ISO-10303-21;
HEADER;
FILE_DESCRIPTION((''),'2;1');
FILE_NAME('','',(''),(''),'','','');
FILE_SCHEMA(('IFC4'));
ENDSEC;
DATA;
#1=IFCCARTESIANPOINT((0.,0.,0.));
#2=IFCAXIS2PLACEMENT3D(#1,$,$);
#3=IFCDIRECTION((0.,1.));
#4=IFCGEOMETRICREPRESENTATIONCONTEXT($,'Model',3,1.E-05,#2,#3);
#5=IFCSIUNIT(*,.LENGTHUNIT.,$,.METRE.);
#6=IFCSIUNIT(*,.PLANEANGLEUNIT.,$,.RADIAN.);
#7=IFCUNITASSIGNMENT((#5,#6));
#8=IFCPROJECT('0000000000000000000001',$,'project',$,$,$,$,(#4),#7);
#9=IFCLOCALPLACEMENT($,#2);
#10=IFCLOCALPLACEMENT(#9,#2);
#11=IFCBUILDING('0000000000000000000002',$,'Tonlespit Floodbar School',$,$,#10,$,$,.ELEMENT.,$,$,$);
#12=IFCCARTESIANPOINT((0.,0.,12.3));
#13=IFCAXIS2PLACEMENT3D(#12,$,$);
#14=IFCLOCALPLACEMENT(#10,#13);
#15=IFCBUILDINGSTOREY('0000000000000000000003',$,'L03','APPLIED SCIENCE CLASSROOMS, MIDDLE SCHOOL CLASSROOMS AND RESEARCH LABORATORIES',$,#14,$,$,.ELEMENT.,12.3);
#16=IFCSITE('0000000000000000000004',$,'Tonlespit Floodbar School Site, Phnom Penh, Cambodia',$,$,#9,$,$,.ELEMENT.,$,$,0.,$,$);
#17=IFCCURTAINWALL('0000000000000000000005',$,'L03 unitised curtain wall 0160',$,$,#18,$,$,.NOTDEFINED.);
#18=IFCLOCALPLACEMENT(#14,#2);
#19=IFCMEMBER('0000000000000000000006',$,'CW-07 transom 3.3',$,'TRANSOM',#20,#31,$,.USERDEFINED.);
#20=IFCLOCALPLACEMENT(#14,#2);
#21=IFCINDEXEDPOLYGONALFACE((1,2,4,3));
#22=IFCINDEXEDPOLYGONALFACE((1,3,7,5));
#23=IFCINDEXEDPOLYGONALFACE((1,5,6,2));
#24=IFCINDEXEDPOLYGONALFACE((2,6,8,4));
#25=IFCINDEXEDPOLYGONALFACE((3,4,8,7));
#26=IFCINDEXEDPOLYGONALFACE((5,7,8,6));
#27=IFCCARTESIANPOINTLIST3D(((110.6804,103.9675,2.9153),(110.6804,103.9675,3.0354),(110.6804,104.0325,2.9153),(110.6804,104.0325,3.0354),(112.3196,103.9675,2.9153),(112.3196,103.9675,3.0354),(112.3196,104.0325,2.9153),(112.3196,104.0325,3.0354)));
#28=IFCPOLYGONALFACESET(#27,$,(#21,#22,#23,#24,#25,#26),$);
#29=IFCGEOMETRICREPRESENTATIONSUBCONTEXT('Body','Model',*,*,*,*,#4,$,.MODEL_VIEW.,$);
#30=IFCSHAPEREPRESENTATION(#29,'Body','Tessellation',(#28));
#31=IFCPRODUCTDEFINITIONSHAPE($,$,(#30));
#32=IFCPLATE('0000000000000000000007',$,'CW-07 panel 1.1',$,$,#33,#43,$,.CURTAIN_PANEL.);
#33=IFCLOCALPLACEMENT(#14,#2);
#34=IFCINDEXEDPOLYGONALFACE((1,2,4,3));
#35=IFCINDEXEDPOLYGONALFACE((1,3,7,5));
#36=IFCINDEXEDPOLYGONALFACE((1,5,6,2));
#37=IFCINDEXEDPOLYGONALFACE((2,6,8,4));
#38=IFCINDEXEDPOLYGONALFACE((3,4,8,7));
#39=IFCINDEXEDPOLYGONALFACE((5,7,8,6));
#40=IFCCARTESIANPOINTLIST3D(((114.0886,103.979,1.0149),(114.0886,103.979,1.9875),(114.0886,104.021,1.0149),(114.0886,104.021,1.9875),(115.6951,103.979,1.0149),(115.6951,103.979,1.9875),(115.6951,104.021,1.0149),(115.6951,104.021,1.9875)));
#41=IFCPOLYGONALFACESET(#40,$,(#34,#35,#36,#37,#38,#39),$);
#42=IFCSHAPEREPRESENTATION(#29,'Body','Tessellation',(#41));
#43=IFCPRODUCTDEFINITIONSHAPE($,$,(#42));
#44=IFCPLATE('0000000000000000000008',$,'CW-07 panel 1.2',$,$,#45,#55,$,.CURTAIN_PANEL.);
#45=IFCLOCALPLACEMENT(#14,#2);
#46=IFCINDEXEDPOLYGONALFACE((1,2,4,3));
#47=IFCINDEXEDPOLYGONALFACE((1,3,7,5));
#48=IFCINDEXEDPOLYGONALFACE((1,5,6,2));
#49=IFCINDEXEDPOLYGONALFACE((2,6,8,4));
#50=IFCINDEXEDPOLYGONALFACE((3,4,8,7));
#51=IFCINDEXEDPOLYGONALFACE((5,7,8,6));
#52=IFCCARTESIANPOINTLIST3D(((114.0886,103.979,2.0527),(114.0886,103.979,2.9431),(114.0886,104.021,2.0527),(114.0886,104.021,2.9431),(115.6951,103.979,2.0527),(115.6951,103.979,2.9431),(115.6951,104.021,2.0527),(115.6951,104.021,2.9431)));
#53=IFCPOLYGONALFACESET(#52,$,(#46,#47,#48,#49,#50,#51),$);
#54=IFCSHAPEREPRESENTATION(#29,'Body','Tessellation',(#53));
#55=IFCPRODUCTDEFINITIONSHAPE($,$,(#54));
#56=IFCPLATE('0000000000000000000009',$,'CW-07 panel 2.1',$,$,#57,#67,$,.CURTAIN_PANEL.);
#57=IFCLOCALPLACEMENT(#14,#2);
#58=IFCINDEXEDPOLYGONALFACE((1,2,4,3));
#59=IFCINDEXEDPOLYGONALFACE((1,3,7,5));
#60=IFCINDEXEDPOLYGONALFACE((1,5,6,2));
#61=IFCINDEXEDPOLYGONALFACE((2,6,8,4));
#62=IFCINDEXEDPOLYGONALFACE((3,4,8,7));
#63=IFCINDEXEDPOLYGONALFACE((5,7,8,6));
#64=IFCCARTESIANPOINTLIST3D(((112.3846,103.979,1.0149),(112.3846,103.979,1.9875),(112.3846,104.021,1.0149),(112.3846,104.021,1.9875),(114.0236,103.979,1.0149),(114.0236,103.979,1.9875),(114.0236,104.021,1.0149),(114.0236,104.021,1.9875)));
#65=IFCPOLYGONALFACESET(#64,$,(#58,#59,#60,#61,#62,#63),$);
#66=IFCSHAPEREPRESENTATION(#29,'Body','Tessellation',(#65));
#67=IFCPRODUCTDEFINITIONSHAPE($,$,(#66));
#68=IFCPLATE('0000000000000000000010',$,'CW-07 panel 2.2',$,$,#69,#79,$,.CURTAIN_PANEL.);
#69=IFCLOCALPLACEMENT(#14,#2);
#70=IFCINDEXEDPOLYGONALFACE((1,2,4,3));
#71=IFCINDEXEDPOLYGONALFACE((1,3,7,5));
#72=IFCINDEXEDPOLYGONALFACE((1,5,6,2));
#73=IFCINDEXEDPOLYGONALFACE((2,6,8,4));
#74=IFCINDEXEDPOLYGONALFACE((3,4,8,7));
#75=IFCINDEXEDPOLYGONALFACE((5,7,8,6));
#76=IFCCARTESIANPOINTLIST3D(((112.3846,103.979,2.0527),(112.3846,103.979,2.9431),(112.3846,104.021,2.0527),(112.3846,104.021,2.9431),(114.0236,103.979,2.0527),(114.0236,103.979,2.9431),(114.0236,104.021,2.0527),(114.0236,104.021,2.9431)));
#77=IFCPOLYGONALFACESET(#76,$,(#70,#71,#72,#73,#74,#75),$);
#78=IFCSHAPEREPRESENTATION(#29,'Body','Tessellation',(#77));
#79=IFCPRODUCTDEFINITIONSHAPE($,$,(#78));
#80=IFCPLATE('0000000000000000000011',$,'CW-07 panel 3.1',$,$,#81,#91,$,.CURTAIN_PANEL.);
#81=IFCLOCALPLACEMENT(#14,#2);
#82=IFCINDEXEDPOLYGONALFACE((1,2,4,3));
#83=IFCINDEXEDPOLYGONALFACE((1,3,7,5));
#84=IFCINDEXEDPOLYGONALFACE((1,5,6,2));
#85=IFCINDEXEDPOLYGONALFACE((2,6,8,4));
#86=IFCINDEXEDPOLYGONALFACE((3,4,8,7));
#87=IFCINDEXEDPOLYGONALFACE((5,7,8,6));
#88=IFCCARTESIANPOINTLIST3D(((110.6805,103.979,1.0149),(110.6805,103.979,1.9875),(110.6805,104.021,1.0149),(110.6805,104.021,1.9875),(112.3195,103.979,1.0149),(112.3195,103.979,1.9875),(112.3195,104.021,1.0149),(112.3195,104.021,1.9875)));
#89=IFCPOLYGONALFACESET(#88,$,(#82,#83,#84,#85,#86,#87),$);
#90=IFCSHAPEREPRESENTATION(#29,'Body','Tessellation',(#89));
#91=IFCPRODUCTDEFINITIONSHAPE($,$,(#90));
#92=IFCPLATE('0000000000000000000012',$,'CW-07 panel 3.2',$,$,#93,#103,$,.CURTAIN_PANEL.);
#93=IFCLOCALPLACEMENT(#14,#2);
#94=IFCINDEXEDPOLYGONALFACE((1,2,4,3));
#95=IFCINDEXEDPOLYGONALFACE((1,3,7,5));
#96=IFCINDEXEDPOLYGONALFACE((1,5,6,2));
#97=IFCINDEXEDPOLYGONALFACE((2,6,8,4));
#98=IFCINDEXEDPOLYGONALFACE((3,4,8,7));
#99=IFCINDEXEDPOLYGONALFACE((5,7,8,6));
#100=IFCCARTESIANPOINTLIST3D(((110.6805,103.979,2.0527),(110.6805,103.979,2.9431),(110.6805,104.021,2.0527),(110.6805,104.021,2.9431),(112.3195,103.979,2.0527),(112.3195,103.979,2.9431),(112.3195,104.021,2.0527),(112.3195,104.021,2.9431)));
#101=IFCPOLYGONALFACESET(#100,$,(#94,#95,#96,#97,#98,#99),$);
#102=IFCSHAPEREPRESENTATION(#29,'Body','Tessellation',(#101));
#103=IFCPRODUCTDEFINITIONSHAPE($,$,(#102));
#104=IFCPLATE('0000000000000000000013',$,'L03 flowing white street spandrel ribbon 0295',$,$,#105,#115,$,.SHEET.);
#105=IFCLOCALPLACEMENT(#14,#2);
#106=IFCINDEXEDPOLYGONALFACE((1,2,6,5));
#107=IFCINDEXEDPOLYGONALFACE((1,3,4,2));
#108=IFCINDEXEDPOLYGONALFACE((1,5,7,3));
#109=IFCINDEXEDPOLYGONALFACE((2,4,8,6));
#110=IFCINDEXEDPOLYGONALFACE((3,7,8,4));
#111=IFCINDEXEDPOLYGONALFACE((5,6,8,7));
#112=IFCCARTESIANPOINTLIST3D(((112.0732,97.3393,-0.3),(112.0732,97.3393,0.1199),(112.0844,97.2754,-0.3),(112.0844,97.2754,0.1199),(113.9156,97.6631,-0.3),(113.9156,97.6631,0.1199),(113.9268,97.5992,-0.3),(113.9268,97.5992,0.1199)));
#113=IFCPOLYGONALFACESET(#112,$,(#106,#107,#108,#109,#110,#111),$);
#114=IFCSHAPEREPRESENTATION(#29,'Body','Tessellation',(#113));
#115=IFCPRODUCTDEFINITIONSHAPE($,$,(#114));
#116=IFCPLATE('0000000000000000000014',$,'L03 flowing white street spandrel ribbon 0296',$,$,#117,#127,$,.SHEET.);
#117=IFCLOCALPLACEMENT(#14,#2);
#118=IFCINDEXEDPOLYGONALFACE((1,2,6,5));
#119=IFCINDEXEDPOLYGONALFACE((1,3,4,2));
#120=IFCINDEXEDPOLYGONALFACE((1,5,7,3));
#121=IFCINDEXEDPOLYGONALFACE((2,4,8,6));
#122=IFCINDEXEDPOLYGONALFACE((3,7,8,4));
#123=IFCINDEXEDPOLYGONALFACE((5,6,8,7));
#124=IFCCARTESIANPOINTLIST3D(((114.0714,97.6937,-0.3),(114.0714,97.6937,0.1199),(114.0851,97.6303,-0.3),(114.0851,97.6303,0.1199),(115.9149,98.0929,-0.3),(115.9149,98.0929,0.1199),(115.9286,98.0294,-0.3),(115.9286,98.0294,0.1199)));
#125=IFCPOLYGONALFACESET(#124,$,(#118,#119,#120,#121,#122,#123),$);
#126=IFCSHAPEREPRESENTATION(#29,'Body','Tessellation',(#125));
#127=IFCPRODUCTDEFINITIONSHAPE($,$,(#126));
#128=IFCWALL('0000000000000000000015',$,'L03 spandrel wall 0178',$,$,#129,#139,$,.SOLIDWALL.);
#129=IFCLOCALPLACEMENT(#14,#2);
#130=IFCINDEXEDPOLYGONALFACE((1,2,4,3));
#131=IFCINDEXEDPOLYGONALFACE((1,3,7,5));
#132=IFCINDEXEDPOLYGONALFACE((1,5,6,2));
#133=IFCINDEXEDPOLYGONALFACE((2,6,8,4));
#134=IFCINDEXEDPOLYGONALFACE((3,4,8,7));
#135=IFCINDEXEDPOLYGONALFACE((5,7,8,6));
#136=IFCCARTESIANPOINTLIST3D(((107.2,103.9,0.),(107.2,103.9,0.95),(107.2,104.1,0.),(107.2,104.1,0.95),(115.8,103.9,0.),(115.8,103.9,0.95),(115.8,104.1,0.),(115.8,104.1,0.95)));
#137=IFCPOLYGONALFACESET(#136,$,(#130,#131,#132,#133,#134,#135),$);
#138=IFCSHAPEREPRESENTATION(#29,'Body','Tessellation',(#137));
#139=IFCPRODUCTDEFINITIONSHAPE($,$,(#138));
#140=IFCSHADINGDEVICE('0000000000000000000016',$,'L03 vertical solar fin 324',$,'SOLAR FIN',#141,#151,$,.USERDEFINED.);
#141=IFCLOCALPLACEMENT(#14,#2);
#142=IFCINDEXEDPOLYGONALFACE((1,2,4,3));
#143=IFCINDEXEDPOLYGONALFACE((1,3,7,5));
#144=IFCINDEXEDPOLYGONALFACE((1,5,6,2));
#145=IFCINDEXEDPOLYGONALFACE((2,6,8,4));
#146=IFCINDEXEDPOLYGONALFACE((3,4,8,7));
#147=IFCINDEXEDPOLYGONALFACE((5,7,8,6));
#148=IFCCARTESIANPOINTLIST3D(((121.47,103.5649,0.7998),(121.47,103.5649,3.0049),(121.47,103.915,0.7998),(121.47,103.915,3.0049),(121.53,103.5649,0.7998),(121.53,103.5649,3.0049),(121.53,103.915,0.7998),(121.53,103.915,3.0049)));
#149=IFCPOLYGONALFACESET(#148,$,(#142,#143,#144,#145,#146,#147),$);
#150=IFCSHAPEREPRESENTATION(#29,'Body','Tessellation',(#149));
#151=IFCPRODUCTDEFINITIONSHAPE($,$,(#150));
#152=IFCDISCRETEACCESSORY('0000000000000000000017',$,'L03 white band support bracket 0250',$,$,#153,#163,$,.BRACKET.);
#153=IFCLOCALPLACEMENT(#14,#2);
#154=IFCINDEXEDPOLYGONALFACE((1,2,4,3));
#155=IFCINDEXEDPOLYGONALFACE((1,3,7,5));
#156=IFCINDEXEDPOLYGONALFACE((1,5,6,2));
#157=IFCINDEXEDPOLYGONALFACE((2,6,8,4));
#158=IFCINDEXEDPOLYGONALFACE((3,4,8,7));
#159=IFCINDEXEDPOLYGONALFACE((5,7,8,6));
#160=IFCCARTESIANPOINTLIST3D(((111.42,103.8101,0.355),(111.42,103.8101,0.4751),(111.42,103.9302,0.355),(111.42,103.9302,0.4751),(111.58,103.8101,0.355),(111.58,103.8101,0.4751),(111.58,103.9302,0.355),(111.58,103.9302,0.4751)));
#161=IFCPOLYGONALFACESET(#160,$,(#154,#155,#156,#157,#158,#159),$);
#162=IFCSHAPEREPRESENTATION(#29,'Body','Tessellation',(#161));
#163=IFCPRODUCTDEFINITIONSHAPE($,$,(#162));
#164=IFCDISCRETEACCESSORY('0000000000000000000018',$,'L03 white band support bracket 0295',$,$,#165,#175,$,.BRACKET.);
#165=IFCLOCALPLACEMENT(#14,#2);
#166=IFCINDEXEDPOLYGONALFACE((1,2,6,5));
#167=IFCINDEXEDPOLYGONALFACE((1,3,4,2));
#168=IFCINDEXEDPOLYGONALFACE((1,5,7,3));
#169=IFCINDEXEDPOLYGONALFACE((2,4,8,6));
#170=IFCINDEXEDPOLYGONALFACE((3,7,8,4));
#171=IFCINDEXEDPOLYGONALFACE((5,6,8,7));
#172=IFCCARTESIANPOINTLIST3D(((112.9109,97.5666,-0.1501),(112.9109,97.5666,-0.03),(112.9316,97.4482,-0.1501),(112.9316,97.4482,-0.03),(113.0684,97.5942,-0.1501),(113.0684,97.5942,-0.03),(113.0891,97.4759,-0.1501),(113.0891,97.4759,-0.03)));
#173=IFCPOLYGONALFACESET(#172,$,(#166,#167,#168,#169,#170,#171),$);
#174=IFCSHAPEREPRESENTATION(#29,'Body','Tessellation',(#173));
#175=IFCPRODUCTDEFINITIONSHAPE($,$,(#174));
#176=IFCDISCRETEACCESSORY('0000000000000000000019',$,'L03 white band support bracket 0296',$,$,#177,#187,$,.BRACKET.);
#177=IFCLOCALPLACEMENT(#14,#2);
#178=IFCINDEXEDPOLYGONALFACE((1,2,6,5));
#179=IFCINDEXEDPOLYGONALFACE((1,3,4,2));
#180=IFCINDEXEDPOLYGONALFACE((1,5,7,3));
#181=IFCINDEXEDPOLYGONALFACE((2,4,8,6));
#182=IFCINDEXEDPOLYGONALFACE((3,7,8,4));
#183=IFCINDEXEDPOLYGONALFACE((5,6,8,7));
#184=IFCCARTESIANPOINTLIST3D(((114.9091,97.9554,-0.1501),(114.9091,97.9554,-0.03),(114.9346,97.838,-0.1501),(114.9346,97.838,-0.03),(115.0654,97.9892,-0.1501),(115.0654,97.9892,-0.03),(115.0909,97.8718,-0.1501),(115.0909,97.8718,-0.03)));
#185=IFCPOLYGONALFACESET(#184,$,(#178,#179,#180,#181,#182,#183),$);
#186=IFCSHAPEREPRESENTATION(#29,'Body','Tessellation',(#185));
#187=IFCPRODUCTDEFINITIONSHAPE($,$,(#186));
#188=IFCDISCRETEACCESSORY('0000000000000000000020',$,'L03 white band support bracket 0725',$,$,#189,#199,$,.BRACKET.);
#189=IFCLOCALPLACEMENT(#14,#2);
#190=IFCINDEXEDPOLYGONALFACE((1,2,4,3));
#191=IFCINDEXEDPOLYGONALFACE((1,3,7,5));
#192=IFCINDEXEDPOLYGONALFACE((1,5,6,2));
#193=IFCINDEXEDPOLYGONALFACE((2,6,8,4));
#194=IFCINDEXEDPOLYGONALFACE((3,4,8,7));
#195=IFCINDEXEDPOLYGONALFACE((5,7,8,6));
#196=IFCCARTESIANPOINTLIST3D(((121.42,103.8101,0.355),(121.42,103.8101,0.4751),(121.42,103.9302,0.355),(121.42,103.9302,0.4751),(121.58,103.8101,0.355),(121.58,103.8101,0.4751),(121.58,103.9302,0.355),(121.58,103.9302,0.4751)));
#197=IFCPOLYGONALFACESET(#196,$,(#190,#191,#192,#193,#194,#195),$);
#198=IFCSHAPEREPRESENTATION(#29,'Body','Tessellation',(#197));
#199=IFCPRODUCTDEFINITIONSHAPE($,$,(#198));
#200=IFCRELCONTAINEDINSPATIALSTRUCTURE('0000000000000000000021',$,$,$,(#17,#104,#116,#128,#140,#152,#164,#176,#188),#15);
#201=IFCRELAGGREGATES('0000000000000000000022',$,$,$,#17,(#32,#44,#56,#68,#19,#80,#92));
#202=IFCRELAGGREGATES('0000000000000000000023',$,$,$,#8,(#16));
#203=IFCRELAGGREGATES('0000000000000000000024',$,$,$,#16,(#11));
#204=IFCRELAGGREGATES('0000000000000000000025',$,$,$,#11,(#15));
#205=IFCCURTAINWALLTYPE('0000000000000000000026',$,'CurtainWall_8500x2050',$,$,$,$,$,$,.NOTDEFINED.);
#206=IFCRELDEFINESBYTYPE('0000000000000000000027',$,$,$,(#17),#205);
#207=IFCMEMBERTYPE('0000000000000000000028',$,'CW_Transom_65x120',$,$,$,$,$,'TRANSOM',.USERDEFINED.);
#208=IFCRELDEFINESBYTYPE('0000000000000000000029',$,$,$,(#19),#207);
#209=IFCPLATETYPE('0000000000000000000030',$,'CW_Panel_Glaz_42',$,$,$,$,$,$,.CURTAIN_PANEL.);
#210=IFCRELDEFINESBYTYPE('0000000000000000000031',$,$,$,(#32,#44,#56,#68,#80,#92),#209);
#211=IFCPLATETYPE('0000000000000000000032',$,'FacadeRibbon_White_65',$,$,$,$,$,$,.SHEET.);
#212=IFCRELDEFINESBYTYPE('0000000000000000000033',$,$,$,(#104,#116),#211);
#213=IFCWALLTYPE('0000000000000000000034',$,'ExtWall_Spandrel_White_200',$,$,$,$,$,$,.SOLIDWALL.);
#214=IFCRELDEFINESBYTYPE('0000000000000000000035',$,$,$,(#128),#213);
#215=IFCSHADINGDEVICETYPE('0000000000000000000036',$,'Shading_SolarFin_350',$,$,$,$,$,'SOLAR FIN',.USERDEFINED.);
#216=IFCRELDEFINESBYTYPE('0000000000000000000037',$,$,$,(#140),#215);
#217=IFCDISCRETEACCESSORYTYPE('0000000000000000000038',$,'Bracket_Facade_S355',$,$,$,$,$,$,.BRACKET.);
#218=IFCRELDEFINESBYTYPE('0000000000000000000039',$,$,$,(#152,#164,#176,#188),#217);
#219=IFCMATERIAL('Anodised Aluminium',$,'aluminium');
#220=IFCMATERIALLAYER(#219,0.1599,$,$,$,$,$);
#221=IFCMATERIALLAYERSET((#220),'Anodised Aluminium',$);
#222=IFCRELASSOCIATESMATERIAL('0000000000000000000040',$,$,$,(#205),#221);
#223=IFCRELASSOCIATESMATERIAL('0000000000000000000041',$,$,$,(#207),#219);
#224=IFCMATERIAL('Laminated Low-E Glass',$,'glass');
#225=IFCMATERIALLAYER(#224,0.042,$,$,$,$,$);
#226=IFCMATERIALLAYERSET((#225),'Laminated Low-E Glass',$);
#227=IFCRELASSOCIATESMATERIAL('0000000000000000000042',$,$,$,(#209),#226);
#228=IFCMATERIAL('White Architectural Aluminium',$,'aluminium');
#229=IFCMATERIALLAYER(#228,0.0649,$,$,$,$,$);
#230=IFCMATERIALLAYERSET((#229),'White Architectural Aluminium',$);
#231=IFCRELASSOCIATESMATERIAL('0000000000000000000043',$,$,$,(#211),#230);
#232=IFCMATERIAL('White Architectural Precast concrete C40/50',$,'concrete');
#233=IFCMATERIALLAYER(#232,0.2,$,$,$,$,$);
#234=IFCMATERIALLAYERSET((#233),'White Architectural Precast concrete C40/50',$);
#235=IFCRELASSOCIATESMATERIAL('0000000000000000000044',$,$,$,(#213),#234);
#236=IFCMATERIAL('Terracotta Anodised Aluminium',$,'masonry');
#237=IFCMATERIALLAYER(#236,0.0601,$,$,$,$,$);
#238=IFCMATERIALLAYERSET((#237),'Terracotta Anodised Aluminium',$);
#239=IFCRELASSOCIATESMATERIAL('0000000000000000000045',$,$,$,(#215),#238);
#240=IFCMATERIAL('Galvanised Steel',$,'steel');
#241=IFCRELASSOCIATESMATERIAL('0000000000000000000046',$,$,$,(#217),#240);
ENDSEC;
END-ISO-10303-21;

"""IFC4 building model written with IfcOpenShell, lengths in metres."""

from ifc_helpers import new_model, si_unit, direction, frame, frame_2d, origin, origin_2d, place, context, subcontext, project, spatial, rectangle, extrude, material, layer, layer_set, material_profile, profile_set, type_object, element, aggregate, save


model = new_model("IFC4")

# Units and contexts
model_context = context("Model", 3, precision=1e-05, world=origin(), true_north=direction((0.0, 1.0)))
body_context = subcontext(model_context, "Body", "Model", "MODEL_VIEW")
ifc_project = project(units=[si_unit("LENGTHUNIT", "METRE"), si_unit("PLANEANGLEUNIT", "RADIAN")], contexts=[model_context])

# Site, building, storey
site_placement = place(None, origin())
site = spatial("IfcSite", under=ifc_project, at=site_placement, Name="Tonlespit Floodbar School Site, Phnom Penh, Cambodia", CompositionType="ELEMENT", RefElevation=0.0)
building_placement = place(site_placement, origin())
building = spatial("IfcBuilding", under=site, at=building_placement, Name="Tonlespit Floodbar School", CompositionType="ELEMENT")
storey_placement = place(building_placement, frame((0.0, 0.0, 12.3)))
storey = spatial("IfcBuildingStorey", under=building, at=storey_placement, Name="L03", Description="APPLIED SCIENCE CLASSROOMS, MIDDLE SCHOOL CLASSROOMS AND RESEARCH LABORATORIES", CompositionType="ELEMENT", Elevation=12.3)

# Curtain wall
ifc_material_1 = material(Name="Anodised Aluminium", Category="aluminium")
ifc_layer_1 = layer(ifc_material_1, 0.1599)
ifc_layer_set_1 = layer_set([ifc_layer_1], Name="Anodised Aluminium")
curtain_wall_type_1 = type_object("IfcCurtainWallType", Name="CurtainWall_8500x2050", PredefinedType="NOTDEFINED", material=ifc_layer_set_1)
curtain_wall_1_placement = place(storey_placement, origin())
curtain_wall_1 = element("IfcCurtainWall", 1, at=curtain_wall_1_placement, inside=storey, type_object=curtain_wall_type_1, Name="L03 unitised curtain wall 0160", PredefinedType="NOTDEFINED")

# Member
ifc_material_profile_1 = material_profile(ifc_material_1, rectangle(XDim=0.0649, YDim=0.1201, at=origin_2d()), Name="ALU T65x120")
ifc_profile_set_1 = profile_set([ifc_material_profile_1], Name="Anodised Aluminium")
member_type_1 = type_object("IfcMemberType", Name="CW_Transom_65x120", ElementType="TRANSOM", PredefinedType="USERDEFINED", material=ifc_profile_set_1)
member_1_placement = place(storey_placement, frame((112.3196, 104.0, 2.9753), z_axis=(-1.0, 0.0, 0.0), x_axis=(0.0, -1.0, 0.0)))
member_1 = element("IfcMember", 2, at=member_1_placement, type_object=member_type_1, Name="CW-07 transom 3.3", ObjectType="TRANSOM", PredefinedType="USERDEFINED", context=body_context, shape_type="SweptSolid", body=[
    extrude(rectangle(XDim=0.0649, YDim=0.1201, at=origin_2d()), origin(), (0.0, 0.0, 1.0), 1.6392),
])

# Plates
ifc_material_2 = material(Name="Laminated Low-E Glass", Category="glass")
ifc_layer_2 = layer(ifc_material_2, 0.042)
ifc_layer_set_2 = layer_set([ifc_layer_2], Name="Laminated Low-E Glass")
plate_type_1 = type_object("IfcPlateType", Name="CW_Panel_Glaz_42", PredefinedType="CURTAIN_PANEL", material=ifc_layer_set_2)
plate_1_placement = place(storey_placement, frame((114.8918, 104.0, 1.0149), z_axis=(0.0, 0.0, 1.0), x_axis=(-1.0, 0.0, 0.0)))
plate_1 = element("IfcPlate", 3, at=plate_1_placement, type_object=plate_type_1, Name="CW-07 panel 1.1", PredefinedType="CURTAIN_PANEL", context=body_context, shape_type="SweptSolid", body=[
    extrude(rectangle(XDim=1.6064, YDim=0.042, at=origin_2d()), origin(), (0.0, 0.0, 1.0), 0.9727),
])
plate_2_placement = place(storey_placement, frame((114.8918, 104.0, 2.0527), z_axis=(0.0, 0.0, 1.0), x_axis=(-1.0, 0.0, 0.0)))
plate_2 = element("IfcPlate", 4, at=plate_2_placement, type_object=plate_type_1, Name="CW-07 panel 1.2", PredefinedType="CURTAIN_PANEL", context=body_context, shape_type="SweptSolid", body=[
    extrude(rectangle(XDim=1.6064, YDim=0.042, at=origin_2d()), origin(), (0.0, 0.0, 1.0), 0.8904),
])
plate_3_placement = place(storey_placement, frame((113.2041, 104.0, 1.0149), z_axis=(0.0, 0.0, 1.0), x_axis=(-1.0, 0.0, 0.0)))
plate_3 = element("IfcPlate", 5, at=plate_3_placement, type_object=plate_type_1, Name="CW-07 panel 2.1", PredefinedType="CURTAIN_PANEL", context=body_context, shape_type="SweptSolid", body=[
    extrude(rectangle(XDim=1.6389, YDim=0.042, at=origin_2d()), origin(), (0.0, 0.0, 1.0), 0.9727),
])
plate_4_placement = place(storey_placement, frame((113.2041, 104.0, 2.0527), z_axis=(0.0, 0.0, 1.0), x_axis=(-1.0, 0.0, 0.0)))
plate_4 = element("IfcPlate", 6, at=plate_4_placement, type_object=plate_type_1, Name="CW-07 panel 2.2", PredefinedType="CURTAIN_PANEL", context=body_context, shape_type="SweptSolid", body=[
    extrude(rectangle(XDim=1.6389, YDim=0.042, at=origin_2d()), origin(), (0.0, 0.0, 1.0), 0.8904),
])
plate_5_placement = place(storey_placement, frame((111.5, 104.0, 1.0149), z_axis=(0.0, 0.0, 1.0), x_axis=(-1.0, 0.0, 0.0)))
plate_5 = element("IfcPlate", 7, at=plate_5_placement, type_object=plate_type_1, Name="CW-07 panel 3.1", PredefinedType="CURTAIN_PANEL", context=body_context, shape_type="SweptSolid", body=[
    extrude(rectangle(XDim=1.6389, YDim=0.042, at=origin_2d()), origin(), (0.0, 0.0, 1.0), 0.9727),
])
plate_6_placement = place(storey_placement, frame((111.5, 104.0, 2.0527), z_axis=(0.0, 0.0, 1.0), x_axis=(-1.0, 0.0, 0.0)))
plate_6 = element("IfcPlate", 8, at=plate_6_placement, type_object=plate_type_1, Name="CW-07 panel 3.2", PredefinedType="CURTAIN_PANEL", context=body_context, shape_type="SweptSolid", body=[
    extrude(rectangle(XDim=1.6389, YDim=0.042, at=origin_2d()), origin(), (0.0, 0.0, 1.0), 0.8904),
])
aggregate(curtain_wall_1, [plate_1, plate_2, plate_3, plate_4, member_1, plate_5, plate_6])

# Plates
ifc_material_3 = material(Name="White Architectural Aluminium", Category="aluminium")
ifc_layer_3 = layer(ifc_material_3, 0.0649)
ifc_layer_set_3 = layer_set([ifc_layer_3], Name="White Architectural Aluminium")
plate_type_2 = type_object("IfcPlateType", Name="FacadeRibbon_White_65", PredefinedType="SHEET", material=ifc_layer_set_3)
plate_7_placement = place(storey_placement, frame((113.0, 97.4692, -0.3), z_axis=(0.0, 0.0, 1.0), x_axis=(0.984905, 0.173096, 0.0)))
element("IfcPlate", 9, at=plate_7_placement, inside=storey, type_object=plate_type_2, Name="L03 flowing white street spandrel ribbon 0295", PredefinedType="SHEET", context=body_context, shape_type="SweptSolid", body=[
    extrude(rectangle(XDim=1.8706, YDim=0.0649, at=origin_2d()), origin(), (0.0, 0.0, 1.0), 0.4199),
])
plate_8_placement = place(storey_placement, frame((115.0, 97.8616, -0.3), z_axis=(0.0, 0.0, 1.0), x_axis=(0.977357, 0.211598, 0.0)))
element("IfcPlate", 10, at=plate_8_placement, inside=storey, type_object=plate_type_2, Name="L03 flowing white street spandrel ribbon 0296", PredefinedType="SHEET", context=body_context, shape_type="SweptSolid", body=[
    extrude(rectangle(XDim=1.8862, YDim=0.0649, at=origin_2d()), origin(), (0.0, 0.0, 1.0), 0.4199),
])

# Wall
ifc_material_4 = material(Name="White Architectural Precast concrete C40/50", Category="concrete")
ifc_layer_4 = layer(ifc_material_4, 0.2)
ifc_layer_set_4 = layer_set([ifc_layer_4], Name="White Architectural Precast concrete C40/50")
wall_type = type_object("IfcWallType", Name="ExtWall_Spandrel_White_200", PredefinedType="SOLIDWALL", material=ifc_layer_set_4)
wall_placement = place(storey_placement, frame((115.8, 104.0, 0.0), z_axis=(0.0, 0.0, 1.0), x_axis=(-1.0, 0.0, 0.0)))
element("IfcWall", 11, at=wall_placement, inside=storey, type_object=wall_type, Name="L03 spandrel wall 0178", PredefinedType="SOLIDWALL", context=body_context, shape_type="SweptSolid", body=[
    extrude(rectangle(XDim=8.6001, YDim=0.2, at=frame_2d((4.3, 0.0))), origin(), (0.0, 0.0, 1.0), 0.95),
])

# Shading device
ifc_material_5 = material(Name="Terracotta Anodised Aluminium", Category="masonry")
ifc_layer_5 = layer(ifc_material_5, 0.0601)
ifc_layer_set_5 = layer_set([ifc_layer_5], Name="Terracotta Anodised Aluminium")
shading_device_type = type_object("IfcShadingDeviceType", Name="Shading_SolarFin_350", ElementType="SOLAR FIN", PredefinedType="USERDEFINED", material=ifc_layer_set_5)
shading_device_placement = place(storey_placement, frame((121.5, 103.74, 0.7998), z_axis=(0.0, 0.0, 1.0), x_axis=(-1.0, 0.0, 0.0)))
element("IfcShadingDevice", 12, at=shading_device_placement, inside=storey, type_object=shading_device_type, Name="L03 vertical solar fin 324", ObjectType="SOLAR FIN", PredefinedType="USERDEFINED", context=body_context, shape_type="SweptSolid", body=[
    extrude(rectangle(XDim=0.0601, YDim=0.3501, at=origin_2d()), origin(), (0.0, 0.0, 1.0), 2.2051),
])

# Discrete accessories
ifc_material_6 = material(Name="Galvanised Steel", Category="steel")
discrete_accessory_type = type_object("IfcDiscreteAccessoryType", Name="Bracket_Facade_S355", PredefinedType="BRACKET", material=ifc_material_6)
for number, where, z_axis, x_axis, name in (
    (13, (111.5, 103.8701, 0.355), (0.0, 0.0, 1.0), (-1.0, 0.0, 0.0), "L03 white band support bracket 0250"),
    (14, (113.0, 97.5212, -0.1501), (0.0, 0.0, 1.0), (0.984905, 0.173096, 0.0), "L03 white band support bracket 0295"),
    (15, (115.0, 97.9136, -0.1501), (0.0, 0.0, 1.0), (0.977357, 0.211598, 0.0), "L03 white band support bracket 0296"),
    (16, (121.5, 103.8701, 0.355), (0.0, 0.0, 1.0), (-1.0, 0.0, 0.0), "L03 white band support bracket 0725"),
):
    element("IfcDiscreteAccessory", number, at=place(storey_placement, frame(where, z_axis=z_axis, x_axis=x_axis)), inside=storey, type_object=discrete_accessory_type, Name=name, PredefinedType="BRACKET", context=body_context, shape_type="SweptSolid", body=[
        extrude(rectangle(XDim=0.1599, YDim=0.1201, at=origin_2d()), origin(), (0.0, 0.0, 1.0), 0.1201),
    ])

save(model, "model.ifc")
